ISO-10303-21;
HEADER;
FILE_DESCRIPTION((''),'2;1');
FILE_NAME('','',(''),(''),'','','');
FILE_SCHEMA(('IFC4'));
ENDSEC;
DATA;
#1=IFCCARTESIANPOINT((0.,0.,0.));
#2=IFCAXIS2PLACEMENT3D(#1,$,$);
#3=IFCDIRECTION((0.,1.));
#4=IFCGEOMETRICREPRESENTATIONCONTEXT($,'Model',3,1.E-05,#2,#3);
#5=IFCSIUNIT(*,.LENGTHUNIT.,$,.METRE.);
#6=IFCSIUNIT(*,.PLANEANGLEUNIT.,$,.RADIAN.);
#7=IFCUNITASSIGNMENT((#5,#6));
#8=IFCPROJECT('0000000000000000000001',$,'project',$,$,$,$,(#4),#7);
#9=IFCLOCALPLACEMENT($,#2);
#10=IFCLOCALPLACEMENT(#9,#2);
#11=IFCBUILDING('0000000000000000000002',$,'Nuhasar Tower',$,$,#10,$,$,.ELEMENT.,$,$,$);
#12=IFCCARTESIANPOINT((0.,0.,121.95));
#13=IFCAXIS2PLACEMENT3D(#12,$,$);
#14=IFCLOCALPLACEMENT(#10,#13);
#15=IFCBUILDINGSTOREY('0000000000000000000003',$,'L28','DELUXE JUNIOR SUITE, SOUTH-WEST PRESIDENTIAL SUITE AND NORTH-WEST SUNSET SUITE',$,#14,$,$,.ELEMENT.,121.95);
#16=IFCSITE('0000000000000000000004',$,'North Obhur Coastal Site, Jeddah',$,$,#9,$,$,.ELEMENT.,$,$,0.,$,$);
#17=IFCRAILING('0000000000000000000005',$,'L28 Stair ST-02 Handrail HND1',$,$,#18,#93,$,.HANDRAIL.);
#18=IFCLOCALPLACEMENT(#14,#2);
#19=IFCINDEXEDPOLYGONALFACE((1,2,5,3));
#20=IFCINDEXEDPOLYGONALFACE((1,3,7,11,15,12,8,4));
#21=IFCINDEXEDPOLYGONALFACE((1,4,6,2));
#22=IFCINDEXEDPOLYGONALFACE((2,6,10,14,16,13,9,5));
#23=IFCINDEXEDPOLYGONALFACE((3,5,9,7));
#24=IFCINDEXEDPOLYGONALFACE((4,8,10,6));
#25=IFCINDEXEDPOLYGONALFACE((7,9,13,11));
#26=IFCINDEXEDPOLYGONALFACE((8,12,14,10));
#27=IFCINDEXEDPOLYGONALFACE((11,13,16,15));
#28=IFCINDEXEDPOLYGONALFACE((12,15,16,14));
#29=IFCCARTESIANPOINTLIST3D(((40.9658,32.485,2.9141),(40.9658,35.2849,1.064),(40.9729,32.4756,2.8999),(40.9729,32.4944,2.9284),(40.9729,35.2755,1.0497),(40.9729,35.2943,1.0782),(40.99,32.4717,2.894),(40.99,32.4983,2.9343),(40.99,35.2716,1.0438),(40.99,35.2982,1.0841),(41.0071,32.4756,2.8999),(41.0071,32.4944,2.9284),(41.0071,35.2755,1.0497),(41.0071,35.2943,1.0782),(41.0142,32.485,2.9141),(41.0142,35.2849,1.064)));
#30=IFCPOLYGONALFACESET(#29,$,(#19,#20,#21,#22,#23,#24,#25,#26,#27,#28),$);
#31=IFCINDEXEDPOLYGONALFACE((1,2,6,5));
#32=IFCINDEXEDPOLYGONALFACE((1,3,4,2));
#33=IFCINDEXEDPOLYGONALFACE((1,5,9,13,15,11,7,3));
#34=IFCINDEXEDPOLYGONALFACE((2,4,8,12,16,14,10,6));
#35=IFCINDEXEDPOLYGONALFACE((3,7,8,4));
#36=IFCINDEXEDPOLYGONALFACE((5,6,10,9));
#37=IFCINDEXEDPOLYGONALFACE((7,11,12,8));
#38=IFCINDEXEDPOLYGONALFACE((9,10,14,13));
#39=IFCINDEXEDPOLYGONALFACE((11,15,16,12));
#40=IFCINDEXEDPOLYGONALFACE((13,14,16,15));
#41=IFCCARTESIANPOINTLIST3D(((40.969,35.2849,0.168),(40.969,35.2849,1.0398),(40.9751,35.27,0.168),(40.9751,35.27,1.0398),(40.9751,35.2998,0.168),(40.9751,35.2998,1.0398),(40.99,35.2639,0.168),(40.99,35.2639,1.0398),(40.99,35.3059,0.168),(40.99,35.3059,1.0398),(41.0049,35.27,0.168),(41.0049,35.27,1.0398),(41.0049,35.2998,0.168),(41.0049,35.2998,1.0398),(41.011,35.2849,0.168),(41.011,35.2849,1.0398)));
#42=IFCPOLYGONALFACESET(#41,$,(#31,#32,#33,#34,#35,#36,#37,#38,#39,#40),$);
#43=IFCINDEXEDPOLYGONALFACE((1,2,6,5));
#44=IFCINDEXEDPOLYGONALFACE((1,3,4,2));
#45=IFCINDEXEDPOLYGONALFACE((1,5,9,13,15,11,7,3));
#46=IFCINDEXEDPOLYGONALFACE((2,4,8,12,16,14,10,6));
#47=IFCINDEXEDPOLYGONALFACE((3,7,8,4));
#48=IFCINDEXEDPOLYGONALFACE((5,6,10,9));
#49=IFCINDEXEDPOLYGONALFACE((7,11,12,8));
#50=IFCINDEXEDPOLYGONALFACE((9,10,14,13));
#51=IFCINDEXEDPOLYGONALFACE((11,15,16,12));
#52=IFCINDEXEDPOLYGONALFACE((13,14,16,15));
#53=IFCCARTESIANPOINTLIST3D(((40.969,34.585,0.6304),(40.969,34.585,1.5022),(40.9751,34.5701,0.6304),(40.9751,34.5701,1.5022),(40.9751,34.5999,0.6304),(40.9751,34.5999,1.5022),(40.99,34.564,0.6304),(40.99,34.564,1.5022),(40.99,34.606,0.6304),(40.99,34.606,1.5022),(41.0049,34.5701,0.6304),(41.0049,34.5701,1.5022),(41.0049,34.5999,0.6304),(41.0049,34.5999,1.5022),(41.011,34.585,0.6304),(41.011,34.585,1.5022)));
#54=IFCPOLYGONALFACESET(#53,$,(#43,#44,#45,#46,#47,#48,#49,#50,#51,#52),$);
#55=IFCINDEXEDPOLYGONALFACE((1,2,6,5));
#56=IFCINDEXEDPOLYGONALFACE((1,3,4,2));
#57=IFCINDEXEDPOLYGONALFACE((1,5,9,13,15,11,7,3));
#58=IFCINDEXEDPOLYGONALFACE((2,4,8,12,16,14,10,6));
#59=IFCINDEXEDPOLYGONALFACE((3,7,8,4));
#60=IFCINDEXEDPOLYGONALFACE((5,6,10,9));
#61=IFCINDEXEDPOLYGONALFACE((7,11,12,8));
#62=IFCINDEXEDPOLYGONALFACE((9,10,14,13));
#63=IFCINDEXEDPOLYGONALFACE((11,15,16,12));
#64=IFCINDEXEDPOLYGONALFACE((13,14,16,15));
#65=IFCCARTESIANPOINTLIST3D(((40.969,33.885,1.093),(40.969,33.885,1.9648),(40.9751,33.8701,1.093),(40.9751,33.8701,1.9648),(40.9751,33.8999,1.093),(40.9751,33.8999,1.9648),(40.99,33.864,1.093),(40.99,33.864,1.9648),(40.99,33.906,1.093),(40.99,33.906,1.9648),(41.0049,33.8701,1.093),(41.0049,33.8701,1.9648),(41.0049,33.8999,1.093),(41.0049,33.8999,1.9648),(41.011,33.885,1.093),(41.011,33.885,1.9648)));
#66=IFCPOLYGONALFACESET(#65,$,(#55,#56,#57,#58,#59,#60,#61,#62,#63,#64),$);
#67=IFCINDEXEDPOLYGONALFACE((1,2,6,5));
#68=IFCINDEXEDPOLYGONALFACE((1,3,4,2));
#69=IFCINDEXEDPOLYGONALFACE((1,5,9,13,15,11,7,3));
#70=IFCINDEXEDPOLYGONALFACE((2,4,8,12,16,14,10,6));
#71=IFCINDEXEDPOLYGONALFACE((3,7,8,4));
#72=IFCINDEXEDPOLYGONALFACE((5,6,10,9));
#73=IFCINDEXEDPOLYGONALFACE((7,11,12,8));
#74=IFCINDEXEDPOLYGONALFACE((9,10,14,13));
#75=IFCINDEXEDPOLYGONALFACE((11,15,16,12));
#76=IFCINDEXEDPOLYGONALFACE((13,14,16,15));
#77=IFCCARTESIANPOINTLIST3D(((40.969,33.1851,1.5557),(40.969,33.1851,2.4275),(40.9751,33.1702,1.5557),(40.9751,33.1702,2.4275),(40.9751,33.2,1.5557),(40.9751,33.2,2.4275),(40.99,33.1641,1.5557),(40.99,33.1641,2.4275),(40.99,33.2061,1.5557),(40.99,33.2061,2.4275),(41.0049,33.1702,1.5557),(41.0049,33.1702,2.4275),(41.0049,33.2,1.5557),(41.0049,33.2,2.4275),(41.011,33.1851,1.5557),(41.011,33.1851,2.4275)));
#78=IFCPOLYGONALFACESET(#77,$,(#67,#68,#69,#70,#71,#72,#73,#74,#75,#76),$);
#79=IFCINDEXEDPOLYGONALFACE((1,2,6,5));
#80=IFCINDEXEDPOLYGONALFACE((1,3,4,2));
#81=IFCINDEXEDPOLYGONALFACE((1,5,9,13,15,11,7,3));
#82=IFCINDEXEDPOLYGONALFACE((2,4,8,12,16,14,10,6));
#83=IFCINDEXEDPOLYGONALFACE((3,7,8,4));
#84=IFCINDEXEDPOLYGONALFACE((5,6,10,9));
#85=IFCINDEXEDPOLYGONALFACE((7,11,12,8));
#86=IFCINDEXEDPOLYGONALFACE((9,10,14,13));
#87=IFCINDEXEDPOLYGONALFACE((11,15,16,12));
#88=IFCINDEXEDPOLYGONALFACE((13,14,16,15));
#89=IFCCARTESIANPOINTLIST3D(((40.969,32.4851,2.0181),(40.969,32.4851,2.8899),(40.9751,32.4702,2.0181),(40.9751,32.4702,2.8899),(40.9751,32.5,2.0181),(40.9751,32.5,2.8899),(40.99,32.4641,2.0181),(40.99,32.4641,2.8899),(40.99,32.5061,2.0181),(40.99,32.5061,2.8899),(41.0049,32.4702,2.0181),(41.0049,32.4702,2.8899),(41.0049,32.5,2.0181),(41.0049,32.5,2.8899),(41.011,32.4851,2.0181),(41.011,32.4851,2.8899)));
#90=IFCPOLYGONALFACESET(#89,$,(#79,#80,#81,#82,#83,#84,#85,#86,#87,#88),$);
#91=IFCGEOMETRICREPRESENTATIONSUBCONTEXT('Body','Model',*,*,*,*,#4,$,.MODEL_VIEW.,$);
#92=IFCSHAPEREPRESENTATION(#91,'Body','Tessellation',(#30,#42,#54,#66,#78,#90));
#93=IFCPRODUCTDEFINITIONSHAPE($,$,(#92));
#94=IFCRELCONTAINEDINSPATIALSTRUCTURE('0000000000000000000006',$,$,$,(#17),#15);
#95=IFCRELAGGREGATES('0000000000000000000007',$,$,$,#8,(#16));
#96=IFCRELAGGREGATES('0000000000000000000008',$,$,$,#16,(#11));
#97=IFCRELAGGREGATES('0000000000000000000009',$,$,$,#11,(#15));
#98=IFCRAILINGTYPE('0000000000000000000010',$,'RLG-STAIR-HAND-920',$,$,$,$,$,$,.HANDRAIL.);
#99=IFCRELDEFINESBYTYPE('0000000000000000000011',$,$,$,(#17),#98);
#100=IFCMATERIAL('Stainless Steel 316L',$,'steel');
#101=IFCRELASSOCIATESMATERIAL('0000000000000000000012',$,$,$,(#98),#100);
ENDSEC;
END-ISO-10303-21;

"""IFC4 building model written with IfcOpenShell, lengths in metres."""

from ifc_helpers import new_model, si_unit, direction, frame, origin, place, context, subcontext, project, spatial, polyline, outline, extrude, material, type_object, element, save


model = new_model("IFC4")

# Units and contexts
model_context = context("Model", 3, precision=1e-05, world=origin(), true_north=direction((0.0, 1.0)))
body_context = subcontext(model_context, "Body", "Model", "MODEL_VIEW")
ifc_project = project(units=[si_unit("LENGTHUNIT", "METRE"), si_unit("PLANEANGLEUNIT", "RADIAN")], contexts=[model_context])

# Site, building, storey
site_placement = place(None, origin())
site = spatial("IfcSite", under=ifc_project, at=site_placement, Name="North Obhur Coastal Site, Jeddah", CompositionType="ELEMENT", RefElevation=0.0)
building_placement = place(site_placement, origin())
building = spatial("IfcBuilding", under=site, at=building_placement, Name="Nuhasar Tower", CompositionType="ELEMENT")
storey_placement = place(building_placement, frame((0.0, 0.0, 121.95)))
storey = spatial("IfcBuildingStorey", under=building, at=storey_placement, Name="L28", Description="DELUXE JUNIOR SUITE, SOUTH-WEST PRESIDENTIAL SUITE AND NORTH-WEST SUNSET SUITE", CompositionType="ELEMENT", Elevation=121.95)

# Railing
ifc_material_1 = material(Name="Stainless Steel 316L", Category="steel")
railing_type_1 = type_object("IfcRailingType", Name="RLG-STAIR-HAND-920", PredefinedType="HANDRAIL", material=ifc_material_1)
railing_1_placement = place(storey_placement, frame((40.99, 35.2849, 0.168)))
element("IfcRailing", 1, at=railing_1_placement, inside=storey, type_object=railing_type_1, Name="L28 Stair ST-02 Handrail HND1", PredefinedType="HANDRAIL", context=body_context, shape_type="SweptSolid", body=[
    extrude(outline(polyline([(0.0242, 0.0), (0.0171, 0.0171), (0.0, 0.0242), (-0.0171, 0.0171), (-0.0242, 0.0), (-0.0171, -0.0171), (0.0, -0.0242), (0.0171, -0.0171), (0.0242, 0.0)])), frame((0.0, 0.0, 0.896), z_axis=(0.0, -0.834304, 0.551304), x_axis=(1.0, 0.0, 0.0)), (0.0, 0.0, 1.0), 3.356),
    extrude(outline(polyline([(0.021, 0.0), (0.0149, 0.0149), (0.0, 0.021), (-0.0149, 0.0149), (-0.021, 0.0), (-0.0149, -0.0149), (0.0, -0.021), (0.0149, -0.0149), (0.021, 0.0)])), origin(), (0.0, 0.0, 1.0), 0.8718),
    extrude(outline(polyline([(0.021, 0.0), (0.0149, 0.0149), (0.0, 0.021), (-0.0149, 0.0149), (-0.021, 0.0), (-0.0149, -0.0149), (0.0, -0.021), (0.0149, -0.0149), (0.021, 0.0)])), frame((0.0, -0.7, 0.4624)), (0.0, 0.0, 1.0), 0.8718),
    extrude(outline(polyline([(0.021, 0.0), (0.0149, 0.0149), (0.0, 0.021), (-0.0149, 0.0149), (-0.021, 0.0), (-0.0149, -0.0149), (0.0, -0.021), (0.0149, -0.0149), (0.021, 0.0)])), frame((0.0, -1.3999, 0.925)), (0.0, 0.0, 1.0), 0.8718),
    extrude(outline(polyline([(0.021, 0.0), (0.0149, 0.0149), (0.0, 0.021), (-0.0149, 0.0149), (-0.021, 0.0), (-0.0149, -0.0149), (0.0, -0.021), (0.0149, -0.0149), (0.021, 0.0)])), frame((0.0, -2.0999, 1.3877)), (0.0, 0.0, 1.0), 0.8718),
    extrude(outline(polyline([(0.021, 0.0), (0.0149, 0.0149), (0.0, 0.021), (-0.0149, 0.0149), (-0.021, 0.0), (-0.0149, -0.0149), (0.0, -0.021), (0.0149, -0.0149), (0.021, 0.0)])), frame((0.0, -2.7998, 1.8501)), (0.0, 0.0, 1.0), 0.8718),
])

save(model, "model.ifc")
